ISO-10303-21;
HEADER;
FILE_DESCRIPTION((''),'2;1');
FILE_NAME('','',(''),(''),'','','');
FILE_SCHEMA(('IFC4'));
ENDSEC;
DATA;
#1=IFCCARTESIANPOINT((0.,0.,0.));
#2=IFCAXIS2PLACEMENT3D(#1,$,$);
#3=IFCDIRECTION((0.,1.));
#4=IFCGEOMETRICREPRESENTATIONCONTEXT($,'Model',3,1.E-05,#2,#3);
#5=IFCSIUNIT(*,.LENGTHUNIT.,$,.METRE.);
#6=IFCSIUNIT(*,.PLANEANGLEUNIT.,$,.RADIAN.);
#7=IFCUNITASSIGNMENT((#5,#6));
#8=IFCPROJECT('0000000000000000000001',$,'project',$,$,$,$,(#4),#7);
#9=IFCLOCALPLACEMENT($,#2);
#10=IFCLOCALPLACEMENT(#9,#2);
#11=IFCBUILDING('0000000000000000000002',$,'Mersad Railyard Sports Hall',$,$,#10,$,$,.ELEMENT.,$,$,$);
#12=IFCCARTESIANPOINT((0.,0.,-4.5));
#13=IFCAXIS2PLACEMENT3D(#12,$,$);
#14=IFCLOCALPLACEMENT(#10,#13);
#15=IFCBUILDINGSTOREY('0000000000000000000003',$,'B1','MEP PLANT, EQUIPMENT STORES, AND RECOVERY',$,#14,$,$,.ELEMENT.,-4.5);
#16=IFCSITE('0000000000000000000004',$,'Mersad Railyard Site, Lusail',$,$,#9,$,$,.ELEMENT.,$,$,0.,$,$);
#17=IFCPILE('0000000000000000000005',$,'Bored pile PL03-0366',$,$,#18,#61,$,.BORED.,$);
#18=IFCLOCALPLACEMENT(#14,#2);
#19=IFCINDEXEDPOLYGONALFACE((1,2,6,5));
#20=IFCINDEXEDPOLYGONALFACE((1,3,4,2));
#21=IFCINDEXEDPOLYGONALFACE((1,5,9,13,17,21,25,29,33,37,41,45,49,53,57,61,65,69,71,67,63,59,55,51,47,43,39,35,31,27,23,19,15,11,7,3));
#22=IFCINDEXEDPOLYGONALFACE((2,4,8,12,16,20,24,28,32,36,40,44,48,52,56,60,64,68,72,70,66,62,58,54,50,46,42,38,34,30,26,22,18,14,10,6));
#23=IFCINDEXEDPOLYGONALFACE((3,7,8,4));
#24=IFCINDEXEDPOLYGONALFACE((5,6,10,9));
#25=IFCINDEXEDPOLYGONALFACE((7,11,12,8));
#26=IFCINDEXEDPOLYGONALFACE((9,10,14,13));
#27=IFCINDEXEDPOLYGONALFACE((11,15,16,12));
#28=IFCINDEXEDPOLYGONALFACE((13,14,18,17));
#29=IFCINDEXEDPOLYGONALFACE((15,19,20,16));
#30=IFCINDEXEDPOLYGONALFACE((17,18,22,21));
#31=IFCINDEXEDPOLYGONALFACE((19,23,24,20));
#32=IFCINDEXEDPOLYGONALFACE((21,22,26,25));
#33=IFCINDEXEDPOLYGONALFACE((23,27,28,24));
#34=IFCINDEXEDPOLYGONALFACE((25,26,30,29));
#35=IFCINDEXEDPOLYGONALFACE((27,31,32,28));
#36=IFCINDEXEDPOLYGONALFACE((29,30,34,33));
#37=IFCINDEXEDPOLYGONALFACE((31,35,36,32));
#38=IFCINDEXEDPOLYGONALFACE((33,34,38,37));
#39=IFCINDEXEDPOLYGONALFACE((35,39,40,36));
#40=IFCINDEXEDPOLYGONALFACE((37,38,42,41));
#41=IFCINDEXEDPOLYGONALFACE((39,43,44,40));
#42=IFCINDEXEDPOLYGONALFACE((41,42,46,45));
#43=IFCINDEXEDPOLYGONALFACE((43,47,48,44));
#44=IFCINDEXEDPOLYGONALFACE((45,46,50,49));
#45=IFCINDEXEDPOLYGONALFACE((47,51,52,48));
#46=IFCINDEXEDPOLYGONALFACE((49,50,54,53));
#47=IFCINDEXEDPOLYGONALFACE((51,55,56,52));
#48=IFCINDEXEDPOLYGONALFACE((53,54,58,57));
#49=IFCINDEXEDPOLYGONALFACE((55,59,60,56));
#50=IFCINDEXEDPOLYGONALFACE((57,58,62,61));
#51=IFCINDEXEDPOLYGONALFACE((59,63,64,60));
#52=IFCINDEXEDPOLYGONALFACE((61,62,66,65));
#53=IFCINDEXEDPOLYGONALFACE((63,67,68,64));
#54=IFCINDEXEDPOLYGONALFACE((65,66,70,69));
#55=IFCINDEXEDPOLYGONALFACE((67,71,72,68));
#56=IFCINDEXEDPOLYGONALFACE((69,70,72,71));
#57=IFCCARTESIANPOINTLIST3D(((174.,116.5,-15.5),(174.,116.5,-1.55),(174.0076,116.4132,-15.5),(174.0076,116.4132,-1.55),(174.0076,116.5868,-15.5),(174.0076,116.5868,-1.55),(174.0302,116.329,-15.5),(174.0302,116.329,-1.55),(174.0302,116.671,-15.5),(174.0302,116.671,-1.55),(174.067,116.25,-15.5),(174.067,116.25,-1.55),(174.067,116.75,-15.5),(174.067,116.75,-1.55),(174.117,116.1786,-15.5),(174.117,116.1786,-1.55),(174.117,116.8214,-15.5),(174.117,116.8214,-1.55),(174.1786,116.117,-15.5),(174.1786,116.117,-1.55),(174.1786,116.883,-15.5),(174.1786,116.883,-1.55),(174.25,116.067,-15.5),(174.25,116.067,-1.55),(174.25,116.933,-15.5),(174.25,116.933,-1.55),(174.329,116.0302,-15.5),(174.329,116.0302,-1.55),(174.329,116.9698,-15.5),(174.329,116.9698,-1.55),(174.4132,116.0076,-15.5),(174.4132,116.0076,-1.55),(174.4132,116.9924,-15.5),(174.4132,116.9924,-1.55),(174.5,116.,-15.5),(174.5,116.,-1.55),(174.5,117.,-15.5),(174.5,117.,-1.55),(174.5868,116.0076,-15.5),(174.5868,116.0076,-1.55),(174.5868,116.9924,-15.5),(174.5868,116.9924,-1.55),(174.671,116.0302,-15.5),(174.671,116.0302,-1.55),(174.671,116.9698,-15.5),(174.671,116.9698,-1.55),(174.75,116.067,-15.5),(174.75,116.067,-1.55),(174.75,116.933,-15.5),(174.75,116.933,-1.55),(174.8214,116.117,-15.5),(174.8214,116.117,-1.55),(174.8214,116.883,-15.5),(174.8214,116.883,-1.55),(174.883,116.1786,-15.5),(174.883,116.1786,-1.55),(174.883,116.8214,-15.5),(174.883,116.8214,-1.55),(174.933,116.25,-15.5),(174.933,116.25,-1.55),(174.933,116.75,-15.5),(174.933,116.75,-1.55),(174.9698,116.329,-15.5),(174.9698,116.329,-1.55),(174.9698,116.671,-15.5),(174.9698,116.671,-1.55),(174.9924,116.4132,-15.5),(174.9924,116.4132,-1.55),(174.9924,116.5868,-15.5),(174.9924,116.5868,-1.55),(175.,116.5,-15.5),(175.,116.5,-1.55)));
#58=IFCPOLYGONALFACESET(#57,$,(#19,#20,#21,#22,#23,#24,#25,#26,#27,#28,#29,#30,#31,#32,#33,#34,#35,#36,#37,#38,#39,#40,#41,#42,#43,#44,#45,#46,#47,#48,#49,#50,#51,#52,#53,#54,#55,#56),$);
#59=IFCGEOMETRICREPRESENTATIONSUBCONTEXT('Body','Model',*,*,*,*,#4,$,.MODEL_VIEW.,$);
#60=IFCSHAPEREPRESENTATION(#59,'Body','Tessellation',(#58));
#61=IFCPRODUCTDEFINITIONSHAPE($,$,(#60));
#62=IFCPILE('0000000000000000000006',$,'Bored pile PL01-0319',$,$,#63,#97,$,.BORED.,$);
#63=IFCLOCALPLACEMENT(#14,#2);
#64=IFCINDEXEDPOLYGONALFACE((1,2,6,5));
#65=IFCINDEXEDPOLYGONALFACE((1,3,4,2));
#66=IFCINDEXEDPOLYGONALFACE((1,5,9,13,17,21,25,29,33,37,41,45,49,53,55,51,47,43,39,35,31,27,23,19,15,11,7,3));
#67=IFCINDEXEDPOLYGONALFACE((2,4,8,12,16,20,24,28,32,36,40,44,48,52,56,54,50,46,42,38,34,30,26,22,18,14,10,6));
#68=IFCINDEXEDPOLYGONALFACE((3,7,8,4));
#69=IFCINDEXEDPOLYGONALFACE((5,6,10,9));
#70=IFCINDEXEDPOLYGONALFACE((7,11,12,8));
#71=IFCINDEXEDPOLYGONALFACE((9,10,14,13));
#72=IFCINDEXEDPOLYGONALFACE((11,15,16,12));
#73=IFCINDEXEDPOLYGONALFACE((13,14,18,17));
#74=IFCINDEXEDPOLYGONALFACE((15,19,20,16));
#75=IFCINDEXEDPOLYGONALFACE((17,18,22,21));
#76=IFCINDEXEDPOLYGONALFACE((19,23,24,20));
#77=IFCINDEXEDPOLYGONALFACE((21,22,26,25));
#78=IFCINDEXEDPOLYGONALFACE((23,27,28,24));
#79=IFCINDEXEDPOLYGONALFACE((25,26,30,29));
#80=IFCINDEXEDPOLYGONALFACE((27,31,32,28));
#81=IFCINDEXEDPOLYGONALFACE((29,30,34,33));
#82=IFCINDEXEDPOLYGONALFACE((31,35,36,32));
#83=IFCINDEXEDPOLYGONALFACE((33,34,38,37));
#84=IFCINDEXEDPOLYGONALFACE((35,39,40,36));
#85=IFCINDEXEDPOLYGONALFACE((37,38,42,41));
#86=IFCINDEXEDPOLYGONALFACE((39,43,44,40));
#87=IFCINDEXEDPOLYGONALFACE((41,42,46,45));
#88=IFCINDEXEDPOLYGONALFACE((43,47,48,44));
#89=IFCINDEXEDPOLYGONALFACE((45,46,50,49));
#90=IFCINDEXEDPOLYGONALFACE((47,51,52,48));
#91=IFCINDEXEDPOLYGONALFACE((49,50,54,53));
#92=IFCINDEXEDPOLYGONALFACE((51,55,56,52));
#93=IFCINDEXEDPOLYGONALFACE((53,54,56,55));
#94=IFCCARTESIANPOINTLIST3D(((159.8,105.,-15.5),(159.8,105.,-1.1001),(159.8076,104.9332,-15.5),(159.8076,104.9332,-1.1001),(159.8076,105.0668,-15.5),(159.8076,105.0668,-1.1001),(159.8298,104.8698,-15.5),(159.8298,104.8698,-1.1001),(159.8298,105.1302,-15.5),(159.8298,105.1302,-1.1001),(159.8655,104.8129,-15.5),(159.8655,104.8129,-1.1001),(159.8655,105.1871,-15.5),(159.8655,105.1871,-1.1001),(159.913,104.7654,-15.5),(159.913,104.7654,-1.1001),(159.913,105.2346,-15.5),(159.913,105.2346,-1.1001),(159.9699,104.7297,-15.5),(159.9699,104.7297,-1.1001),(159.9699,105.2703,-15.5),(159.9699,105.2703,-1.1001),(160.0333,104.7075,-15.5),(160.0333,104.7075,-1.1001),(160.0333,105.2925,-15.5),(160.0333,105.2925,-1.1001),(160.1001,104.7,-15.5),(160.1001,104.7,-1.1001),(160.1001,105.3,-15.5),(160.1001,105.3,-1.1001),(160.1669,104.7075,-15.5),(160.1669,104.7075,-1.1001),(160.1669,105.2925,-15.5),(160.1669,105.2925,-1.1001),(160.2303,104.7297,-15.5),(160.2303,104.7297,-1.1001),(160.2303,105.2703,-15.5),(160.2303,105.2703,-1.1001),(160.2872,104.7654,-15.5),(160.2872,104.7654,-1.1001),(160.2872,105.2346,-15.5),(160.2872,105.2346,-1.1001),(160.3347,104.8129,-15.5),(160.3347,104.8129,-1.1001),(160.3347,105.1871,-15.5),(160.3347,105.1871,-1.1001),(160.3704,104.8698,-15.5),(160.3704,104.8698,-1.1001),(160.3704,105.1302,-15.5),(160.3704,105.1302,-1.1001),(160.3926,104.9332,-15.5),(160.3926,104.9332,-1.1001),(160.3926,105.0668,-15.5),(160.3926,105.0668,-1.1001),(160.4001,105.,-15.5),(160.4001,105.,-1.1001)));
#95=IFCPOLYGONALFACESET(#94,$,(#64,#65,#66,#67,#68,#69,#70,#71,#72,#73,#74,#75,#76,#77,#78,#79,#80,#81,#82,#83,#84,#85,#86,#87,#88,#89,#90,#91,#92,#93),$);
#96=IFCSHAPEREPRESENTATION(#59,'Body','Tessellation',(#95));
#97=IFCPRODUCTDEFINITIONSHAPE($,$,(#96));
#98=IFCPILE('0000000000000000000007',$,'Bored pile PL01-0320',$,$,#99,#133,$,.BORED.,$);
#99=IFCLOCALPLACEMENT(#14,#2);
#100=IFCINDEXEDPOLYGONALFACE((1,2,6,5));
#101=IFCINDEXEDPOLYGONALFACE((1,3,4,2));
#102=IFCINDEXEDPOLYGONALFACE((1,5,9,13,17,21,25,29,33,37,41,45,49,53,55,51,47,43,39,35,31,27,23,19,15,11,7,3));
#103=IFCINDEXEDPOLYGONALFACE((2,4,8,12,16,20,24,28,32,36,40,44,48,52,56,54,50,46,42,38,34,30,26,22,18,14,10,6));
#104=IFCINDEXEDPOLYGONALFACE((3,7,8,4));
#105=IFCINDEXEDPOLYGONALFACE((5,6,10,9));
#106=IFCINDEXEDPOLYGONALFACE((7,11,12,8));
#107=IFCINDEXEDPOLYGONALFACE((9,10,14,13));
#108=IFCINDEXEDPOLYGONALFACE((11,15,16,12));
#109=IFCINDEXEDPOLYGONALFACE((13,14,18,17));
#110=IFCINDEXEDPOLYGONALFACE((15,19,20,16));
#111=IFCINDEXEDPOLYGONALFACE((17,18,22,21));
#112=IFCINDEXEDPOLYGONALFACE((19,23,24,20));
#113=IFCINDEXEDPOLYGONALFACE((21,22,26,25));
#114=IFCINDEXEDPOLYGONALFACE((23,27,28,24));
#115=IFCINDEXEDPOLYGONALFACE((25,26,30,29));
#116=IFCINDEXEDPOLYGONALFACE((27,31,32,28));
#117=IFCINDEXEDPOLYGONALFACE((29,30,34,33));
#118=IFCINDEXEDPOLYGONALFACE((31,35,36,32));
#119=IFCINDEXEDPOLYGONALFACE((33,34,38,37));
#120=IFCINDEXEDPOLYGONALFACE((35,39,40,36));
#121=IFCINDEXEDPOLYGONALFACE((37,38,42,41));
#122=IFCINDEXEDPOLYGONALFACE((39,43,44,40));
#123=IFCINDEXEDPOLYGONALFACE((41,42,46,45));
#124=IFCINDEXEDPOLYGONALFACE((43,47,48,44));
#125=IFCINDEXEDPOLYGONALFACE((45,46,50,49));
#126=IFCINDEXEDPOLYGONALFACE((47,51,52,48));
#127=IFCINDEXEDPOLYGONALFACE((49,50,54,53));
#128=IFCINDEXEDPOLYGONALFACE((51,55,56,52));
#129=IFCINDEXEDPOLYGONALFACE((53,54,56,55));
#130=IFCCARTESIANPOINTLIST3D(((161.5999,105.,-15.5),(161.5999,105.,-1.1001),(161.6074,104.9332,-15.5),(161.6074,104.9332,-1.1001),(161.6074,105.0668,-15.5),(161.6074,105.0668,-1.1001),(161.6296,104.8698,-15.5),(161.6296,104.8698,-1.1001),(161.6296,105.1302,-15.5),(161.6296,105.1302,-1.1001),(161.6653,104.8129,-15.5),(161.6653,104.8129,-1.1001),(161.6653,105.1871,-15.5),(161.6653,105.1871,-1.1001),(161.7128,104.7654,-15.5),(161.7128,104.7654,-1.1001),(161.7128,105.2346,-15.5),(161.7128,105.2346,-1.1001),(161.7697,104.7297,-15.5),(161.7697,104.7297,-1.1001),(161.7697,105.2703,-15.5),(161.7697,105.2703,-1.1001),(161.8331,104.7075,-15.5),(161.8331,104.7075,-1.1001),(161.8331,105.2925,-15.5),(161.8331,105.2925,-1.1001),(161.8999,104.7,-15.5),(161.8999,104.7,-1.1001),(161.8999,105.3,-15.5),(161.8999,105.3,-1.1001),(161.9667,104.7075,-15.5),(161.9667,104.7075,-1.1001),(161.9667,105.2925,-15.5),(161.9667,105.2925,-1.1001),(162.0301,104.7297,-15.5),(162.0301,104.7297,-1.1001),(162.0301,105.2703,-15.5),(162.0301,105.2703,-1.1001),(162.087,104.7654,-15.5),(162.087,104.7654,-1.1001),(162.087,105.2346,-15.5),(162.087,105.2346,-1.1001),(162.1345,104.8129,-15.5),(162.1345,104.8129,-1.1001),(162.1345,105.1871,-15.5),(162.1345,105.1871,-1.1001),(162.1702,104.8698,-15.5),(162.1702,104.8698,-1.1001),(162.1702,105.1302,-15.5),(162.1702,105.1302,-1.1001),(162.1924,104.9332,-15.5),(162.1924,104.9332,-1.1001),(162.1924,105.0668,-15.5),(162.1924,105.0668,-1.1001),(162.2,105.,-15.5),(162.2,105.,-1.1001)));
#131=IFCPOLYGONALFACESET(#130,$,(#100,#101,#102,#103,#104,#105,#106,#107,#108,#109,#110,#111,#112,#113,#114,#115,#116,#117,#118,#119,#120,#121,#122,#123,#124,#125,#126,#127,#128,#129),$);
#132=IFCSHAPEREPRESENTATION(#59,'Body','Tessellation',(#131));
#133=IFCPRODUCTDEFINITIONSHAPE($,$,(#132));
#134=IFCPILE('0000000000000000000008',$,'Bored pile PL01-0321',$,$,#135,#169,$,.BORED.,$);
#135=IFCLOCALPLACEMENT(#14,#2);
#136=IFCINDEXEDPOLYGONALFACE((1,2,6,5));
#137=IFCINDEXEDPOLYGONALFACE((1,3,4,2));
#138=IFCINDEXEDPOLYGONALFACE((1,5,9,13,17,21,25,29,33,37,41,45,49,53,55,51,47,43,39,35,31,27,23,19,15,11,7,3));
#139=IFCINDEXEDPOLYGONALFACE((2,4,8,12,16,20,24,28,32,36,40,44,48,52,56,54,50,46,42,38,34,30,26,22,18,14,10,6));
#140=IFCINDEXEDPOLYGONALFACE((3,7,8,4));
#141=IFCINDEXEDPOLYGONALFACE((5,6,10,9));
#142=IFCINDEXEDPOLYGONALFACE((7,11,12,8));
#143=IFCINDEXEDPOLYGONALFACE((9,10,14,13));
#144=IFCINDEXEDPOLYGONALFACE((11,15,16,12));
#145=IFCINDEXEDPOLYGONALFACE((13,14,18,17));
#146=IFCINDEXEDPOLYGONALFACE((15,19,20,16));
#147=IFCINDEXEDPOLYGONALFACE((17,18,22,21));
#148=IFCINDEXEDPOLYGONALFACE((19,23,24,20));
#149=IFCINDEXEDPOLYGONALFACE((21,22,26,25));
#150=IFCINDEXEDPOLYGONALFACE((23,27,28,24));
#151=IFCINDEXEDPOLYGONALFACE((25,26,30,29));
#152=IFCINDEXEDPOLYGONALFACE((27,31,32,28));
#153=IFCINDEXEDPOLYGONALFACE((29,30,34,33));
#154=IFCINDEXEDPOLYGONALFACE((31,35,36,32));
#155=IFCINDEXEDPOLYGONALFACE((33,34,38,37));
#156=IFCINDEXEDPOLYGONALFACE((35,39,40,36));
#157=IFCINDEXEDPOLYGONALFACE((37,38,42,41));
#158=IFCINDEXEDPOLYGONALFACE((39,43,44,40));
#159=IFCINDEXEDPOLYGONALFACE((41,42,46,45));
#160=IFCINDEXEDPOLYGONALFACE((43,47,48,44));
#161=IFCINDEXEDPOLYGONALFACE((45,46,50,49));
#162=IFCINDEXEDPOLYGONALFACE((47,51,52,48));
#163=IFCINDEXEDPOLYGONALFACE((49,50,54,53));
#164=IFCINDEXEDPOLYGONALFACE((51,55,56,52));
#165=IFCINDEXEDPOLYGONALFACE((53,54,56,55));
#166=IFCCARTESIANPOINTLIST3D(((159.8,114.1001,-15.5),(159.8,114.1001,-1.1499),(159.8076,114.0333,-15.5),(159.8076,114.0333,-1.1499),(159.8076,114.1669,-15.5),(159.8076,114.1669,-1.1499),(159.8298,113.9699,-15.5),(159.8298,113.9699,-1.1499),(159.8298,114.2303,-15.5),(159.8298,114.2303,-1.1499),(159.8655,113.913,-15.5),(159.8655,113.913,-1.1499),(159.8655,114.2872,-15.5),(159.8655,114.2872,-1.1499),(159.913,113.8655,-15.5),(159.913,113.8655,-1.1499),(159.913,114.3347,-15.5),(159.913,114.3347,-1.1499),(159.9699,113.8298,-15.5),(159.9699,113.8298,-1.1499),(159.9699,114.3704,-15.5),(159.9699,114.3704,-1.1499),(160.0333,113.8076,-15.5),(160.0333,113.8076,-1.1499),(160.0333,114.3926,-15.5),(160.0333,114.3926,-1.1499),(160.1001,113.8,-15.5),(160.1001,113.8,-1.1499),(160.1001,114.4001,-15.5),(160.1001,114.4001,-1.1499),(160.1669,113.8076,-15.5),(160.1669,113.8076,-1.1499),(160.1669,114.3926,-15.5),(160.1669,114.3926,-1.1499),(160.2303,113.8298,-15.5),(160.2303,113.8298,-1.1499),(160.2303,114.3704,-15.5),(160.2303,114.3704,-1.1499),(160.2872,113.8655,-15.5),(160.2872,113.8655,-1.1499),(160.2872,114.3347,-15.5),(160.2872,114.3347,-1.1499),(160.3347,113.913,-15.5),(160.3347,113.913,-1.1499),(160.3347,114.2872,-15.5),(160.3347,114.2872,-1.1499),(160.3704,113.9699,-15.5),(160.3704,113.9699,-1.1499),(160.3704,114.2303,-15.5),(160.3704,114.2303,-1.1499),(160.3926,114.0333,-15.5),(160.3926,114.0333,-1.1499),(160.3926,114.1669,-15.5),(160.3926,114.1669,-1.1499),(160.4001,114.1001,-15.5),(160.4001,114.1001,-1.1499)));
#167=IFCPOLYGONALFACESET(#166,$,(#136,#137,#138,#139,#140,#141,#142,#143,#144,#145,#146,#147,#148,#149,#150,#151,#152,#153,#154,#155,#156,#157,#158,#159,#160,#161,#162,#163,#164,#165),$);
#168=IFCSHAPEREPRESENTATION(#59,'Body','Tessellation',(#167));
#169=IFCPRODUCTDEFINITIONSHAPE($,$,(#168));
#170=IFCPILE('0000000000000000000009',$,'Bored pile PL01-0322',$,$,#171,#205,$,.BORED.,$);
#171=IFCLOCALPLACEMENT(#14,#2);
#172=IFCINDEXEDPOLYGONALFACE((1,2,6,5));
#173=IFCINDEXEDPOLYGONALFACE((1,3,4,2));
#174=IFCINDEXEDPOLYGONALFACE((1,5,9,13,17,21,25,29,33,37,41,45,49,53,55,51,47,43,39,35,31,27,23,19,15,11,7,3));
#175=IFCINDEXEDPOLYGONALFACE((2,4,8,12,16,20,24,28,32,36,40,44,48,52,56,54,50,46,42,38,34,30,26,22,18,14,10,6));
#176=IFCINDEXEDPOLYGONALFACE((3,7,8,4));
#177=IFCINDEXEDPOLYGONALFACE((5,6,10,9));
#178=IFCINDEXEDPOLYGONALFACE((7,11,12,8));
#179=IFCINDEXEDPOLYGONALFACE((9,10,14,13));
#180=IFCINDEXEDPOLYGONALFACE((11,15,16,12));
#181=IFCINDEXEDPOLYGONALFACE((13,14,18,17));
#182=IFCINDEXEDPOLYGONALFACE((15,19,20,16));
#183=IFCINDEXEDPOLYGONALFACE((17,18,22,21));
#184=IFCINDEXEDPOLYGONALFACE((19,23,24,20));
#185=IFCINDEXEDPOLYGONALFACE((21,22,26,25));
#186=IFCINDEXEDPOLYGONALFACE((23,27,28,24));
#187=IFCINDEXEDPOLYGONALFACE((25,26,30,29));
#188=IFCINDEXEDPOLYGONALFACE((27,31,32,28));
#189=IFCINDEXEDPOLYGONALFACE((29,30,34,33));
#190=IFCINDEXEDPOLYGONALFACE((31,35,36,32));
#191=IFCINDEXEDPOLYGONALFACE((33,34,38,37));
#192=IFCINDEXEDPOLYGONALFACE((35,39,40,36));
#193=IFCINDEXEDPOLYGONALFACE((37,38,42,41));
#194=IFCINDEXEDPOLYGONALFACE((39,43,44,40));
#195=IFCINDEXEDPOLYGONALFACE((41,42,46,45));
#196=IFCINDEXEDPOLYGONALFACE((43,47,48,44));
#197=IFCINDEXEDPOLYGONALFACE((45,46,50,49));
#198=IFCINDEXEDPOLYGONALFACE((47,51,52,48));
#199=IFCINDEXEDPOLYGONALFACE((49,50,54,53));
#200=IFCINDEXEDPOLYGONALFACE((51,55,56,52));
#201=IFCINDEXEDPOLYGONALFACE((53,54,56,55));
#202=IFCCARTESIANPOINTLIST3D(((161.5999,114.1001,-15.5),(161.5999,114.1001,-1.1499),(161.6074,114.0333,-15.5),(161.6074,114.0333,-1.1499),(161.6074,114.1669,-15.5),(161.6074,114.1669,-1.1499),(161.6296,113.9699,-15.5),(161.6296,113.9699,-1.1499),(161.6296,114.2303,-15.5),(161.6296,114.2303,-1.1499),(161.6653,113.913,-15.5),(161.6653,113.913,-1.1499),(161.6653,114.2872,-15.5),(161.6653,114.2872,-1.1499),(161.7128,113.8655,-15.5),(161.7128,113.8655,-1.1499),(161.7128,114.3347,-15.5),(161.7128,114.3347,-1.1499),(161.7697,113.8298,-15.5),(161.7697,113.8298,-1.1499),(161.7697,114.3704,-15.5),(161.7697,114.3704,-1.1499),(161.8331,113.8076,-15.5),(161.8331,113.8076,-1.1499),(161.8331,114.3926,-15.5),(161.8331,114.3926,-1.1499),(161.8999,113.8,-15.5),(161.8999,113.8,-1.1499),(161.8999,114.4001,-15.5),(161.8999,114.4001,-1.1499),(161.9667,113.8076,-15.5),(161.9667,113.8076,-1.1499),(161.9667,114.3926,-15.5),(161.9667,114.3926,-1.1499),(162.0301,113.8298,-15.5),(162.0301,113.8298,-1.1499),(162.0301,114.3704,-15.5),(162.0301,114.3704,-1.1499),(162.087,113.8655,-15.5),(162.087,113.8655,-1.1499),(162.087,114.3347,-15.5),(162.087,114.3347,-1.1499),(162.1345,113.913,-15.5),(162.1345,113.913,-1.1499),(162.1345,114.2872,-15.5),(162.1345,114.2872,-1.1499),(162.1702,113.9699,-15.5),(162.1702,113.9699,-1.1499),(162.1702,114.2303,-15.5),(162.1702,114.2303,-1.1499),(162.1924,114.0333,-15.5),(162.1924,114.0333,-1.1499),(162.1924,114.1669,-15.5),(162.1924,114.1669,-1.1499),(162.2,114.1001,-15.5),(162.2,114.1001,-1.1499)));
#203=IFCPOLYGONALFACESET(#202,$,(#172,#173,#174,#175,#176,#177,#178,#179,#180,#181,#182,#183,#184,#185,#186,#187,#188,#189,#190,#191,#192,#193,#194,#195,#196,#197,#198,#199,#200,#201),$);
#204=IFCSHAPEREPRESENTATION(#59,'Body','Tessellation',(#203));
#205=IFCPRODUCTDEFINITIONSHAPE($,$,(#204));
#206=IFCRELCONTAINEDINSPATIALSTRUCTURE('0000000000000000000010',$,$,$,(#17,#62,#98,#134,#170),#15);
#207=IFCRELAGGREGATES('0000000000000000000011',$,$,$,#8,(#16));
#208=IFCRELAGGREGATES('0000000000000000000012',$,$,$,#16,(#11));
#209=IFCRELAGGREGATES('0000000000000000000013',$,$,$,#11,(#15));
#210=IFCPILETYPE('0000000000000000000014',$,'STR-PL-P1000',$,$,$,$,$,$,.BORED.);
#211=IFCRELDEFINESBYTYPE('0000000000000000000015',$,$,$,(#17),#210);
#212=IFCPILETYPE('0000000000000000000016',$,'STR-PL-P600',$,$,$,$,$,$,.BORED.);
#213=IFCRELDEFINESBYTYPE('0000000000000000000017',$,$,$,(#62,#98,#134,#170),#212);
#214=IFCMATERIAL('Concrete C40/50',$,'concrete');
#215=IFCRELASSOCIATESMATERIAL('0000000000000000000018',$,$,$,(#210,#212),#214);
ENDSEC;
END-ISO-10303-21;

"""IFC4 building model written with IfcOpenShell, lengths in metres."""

from ifc_helpers import new_model, si_unit, direction, frame, origin, origin_2d, place, context, subcontext, project, spatial, circle, extrude, material, material_profile, profile_set, type_object, element, save


model = new_model("IFC4")

# Units and contexts
model_context = context("Model", 3, precision=1e-05, world=origin(), true_north=direction((0.0, 1.0)))
body_context = subcontext(model_context, "Body", "Model", "MODEL_VIEW")
ifc_project = project(units=[si_unit("LENGTHUNIT", "METRE"), si_unit("PLANEANGLEUNIT", "RADIAN")], contexts=[model_context])

# Site, building, storey
site_placement = place(None, origin())
site = spatial("IfcSite", under=ifc_project, at=site_placement, Name="Mersad Railyard Site, Lusail", CompositionType="ELEMENT", RefElevation=0.0)
building_placement = place(site_placement, origin())
building = spatial("IfcBuilding", under=site, at=building_placement, Name="Mersad Railyard Sports Hall", CompositionType="ELEMENT")
storey_placement = place(building_placement, frame((0.0, 0.0, -4.5)))
storey = spatial("IfcBuildingStorey", under=building, at=storey_placement, Name="B1", Description="MEP PLANT, EQUIPMENT STORES, AND RECOVERY", CompositionType="ELEMENT", Elevation=-4.5)

# Shared definitions
ifc_material_1 = material(Name="Concrete C40/50", Category="concrete")

# Piles
ifc_material_profile_1 = material_profile(ifc_material_1, circle(Radius=0.5, at=origin_2d()), Name="BORED PILE D1000")
ifc_profile_set_1 = profile_set([ifc_material_profile_1], Name="Concrete C40/50")
pile_type_1 = type_object("IfcPileType", Name="STR-PL-P1000", PredefinedType="BORED", material=ifc_profile_set_1)
for number, where, z_axis, x_axis, name in (
    (1, (174.5, 116.5, -1.55), (0.0, 0.0, -1.0), (1.0, 0.0, 0.0), "Bored pile PL03-0366"),
):
    element("IfcPile", number, at=place(storey_placement, frame(where, z_axis=z_axis, x_axis=x_axis)), inside=storey, type_object=pile_type_1, Name=name, PredefinedType="BORED", context=body_context, shape_type="SweptSolid", body=[
        extrude(circle(Radius=0.5, at=origin_2d()), origin(), (0.0, 0.0, 1.0), 13.95),
    ])
ifc_material_profile_2 = material_profile(ifc_material_1, circle(Radius=0.3, at=origin_2d()), Name="BORED PILE D600")
ifc_profile_set_2 = profile_set([ifc_material_profile_2], Name="Concrete C40/50")
pile_type_2 = type_object("IfcPileType", Name="STR-PL-P600", PredefinedType="BORED", material=ifc_profile_set_2)
for number, where, z_axis, x_axis, name in (
    (2, (160.1001, 105.0, -1.1001), (0.0, 0.0, -1.0), (1.0, 0.0, 0.0), "Bored pile PL01-0319"),
    (3, (161.8999, 105.0, -1.1001), (0.0, 0.0, -1.0), (1.0, 0.0, 0.0), "Bored pile PL01-0320"),
):
    element("IfcPile", number, at=place(storey_placement, frame(where, z_axis=z_axis, x_axis=x_axis)), inside=storey, type_object=pile_type_2, Name=name, PredefinedType="BORED", context=body_context, shape_type="SweptSolid", body=[
        extrude(circle(Radius=0.3, at=origin_2d()), origin(), (0.0, 0.0, 1.0), 14.3999),
    ])
for number, where, z_axis, x_axis, name in (
    (4, (160.1001, 114.1001, -1.1499), (0.0, 0.0, -1.0), (1.0, 0.0, 0.0), "Bored pile PL01-0321"),
    (5, (161.8999, 114.1001, -1.1499), (0.0, 0.0, -1.0), (1.0, 0.0, 0.0), "Bored pile PL01-0322"),
):
    element("IfcPile", number, at=place(storey_placement, frame(where, z_axis=z_axis, x_axis=x_axis)), inside=storey, type_object=pile_type_2, Name=name, PredefinedType="BORED", context=body_context, shape_type="SweptSolid", body=[
        extrude(circle(Radius=0.3, at=origin_2d()), origin(), (0.0, 0.0, 1.0), 14.3501),
    ])

save(model, "model.ifc")
